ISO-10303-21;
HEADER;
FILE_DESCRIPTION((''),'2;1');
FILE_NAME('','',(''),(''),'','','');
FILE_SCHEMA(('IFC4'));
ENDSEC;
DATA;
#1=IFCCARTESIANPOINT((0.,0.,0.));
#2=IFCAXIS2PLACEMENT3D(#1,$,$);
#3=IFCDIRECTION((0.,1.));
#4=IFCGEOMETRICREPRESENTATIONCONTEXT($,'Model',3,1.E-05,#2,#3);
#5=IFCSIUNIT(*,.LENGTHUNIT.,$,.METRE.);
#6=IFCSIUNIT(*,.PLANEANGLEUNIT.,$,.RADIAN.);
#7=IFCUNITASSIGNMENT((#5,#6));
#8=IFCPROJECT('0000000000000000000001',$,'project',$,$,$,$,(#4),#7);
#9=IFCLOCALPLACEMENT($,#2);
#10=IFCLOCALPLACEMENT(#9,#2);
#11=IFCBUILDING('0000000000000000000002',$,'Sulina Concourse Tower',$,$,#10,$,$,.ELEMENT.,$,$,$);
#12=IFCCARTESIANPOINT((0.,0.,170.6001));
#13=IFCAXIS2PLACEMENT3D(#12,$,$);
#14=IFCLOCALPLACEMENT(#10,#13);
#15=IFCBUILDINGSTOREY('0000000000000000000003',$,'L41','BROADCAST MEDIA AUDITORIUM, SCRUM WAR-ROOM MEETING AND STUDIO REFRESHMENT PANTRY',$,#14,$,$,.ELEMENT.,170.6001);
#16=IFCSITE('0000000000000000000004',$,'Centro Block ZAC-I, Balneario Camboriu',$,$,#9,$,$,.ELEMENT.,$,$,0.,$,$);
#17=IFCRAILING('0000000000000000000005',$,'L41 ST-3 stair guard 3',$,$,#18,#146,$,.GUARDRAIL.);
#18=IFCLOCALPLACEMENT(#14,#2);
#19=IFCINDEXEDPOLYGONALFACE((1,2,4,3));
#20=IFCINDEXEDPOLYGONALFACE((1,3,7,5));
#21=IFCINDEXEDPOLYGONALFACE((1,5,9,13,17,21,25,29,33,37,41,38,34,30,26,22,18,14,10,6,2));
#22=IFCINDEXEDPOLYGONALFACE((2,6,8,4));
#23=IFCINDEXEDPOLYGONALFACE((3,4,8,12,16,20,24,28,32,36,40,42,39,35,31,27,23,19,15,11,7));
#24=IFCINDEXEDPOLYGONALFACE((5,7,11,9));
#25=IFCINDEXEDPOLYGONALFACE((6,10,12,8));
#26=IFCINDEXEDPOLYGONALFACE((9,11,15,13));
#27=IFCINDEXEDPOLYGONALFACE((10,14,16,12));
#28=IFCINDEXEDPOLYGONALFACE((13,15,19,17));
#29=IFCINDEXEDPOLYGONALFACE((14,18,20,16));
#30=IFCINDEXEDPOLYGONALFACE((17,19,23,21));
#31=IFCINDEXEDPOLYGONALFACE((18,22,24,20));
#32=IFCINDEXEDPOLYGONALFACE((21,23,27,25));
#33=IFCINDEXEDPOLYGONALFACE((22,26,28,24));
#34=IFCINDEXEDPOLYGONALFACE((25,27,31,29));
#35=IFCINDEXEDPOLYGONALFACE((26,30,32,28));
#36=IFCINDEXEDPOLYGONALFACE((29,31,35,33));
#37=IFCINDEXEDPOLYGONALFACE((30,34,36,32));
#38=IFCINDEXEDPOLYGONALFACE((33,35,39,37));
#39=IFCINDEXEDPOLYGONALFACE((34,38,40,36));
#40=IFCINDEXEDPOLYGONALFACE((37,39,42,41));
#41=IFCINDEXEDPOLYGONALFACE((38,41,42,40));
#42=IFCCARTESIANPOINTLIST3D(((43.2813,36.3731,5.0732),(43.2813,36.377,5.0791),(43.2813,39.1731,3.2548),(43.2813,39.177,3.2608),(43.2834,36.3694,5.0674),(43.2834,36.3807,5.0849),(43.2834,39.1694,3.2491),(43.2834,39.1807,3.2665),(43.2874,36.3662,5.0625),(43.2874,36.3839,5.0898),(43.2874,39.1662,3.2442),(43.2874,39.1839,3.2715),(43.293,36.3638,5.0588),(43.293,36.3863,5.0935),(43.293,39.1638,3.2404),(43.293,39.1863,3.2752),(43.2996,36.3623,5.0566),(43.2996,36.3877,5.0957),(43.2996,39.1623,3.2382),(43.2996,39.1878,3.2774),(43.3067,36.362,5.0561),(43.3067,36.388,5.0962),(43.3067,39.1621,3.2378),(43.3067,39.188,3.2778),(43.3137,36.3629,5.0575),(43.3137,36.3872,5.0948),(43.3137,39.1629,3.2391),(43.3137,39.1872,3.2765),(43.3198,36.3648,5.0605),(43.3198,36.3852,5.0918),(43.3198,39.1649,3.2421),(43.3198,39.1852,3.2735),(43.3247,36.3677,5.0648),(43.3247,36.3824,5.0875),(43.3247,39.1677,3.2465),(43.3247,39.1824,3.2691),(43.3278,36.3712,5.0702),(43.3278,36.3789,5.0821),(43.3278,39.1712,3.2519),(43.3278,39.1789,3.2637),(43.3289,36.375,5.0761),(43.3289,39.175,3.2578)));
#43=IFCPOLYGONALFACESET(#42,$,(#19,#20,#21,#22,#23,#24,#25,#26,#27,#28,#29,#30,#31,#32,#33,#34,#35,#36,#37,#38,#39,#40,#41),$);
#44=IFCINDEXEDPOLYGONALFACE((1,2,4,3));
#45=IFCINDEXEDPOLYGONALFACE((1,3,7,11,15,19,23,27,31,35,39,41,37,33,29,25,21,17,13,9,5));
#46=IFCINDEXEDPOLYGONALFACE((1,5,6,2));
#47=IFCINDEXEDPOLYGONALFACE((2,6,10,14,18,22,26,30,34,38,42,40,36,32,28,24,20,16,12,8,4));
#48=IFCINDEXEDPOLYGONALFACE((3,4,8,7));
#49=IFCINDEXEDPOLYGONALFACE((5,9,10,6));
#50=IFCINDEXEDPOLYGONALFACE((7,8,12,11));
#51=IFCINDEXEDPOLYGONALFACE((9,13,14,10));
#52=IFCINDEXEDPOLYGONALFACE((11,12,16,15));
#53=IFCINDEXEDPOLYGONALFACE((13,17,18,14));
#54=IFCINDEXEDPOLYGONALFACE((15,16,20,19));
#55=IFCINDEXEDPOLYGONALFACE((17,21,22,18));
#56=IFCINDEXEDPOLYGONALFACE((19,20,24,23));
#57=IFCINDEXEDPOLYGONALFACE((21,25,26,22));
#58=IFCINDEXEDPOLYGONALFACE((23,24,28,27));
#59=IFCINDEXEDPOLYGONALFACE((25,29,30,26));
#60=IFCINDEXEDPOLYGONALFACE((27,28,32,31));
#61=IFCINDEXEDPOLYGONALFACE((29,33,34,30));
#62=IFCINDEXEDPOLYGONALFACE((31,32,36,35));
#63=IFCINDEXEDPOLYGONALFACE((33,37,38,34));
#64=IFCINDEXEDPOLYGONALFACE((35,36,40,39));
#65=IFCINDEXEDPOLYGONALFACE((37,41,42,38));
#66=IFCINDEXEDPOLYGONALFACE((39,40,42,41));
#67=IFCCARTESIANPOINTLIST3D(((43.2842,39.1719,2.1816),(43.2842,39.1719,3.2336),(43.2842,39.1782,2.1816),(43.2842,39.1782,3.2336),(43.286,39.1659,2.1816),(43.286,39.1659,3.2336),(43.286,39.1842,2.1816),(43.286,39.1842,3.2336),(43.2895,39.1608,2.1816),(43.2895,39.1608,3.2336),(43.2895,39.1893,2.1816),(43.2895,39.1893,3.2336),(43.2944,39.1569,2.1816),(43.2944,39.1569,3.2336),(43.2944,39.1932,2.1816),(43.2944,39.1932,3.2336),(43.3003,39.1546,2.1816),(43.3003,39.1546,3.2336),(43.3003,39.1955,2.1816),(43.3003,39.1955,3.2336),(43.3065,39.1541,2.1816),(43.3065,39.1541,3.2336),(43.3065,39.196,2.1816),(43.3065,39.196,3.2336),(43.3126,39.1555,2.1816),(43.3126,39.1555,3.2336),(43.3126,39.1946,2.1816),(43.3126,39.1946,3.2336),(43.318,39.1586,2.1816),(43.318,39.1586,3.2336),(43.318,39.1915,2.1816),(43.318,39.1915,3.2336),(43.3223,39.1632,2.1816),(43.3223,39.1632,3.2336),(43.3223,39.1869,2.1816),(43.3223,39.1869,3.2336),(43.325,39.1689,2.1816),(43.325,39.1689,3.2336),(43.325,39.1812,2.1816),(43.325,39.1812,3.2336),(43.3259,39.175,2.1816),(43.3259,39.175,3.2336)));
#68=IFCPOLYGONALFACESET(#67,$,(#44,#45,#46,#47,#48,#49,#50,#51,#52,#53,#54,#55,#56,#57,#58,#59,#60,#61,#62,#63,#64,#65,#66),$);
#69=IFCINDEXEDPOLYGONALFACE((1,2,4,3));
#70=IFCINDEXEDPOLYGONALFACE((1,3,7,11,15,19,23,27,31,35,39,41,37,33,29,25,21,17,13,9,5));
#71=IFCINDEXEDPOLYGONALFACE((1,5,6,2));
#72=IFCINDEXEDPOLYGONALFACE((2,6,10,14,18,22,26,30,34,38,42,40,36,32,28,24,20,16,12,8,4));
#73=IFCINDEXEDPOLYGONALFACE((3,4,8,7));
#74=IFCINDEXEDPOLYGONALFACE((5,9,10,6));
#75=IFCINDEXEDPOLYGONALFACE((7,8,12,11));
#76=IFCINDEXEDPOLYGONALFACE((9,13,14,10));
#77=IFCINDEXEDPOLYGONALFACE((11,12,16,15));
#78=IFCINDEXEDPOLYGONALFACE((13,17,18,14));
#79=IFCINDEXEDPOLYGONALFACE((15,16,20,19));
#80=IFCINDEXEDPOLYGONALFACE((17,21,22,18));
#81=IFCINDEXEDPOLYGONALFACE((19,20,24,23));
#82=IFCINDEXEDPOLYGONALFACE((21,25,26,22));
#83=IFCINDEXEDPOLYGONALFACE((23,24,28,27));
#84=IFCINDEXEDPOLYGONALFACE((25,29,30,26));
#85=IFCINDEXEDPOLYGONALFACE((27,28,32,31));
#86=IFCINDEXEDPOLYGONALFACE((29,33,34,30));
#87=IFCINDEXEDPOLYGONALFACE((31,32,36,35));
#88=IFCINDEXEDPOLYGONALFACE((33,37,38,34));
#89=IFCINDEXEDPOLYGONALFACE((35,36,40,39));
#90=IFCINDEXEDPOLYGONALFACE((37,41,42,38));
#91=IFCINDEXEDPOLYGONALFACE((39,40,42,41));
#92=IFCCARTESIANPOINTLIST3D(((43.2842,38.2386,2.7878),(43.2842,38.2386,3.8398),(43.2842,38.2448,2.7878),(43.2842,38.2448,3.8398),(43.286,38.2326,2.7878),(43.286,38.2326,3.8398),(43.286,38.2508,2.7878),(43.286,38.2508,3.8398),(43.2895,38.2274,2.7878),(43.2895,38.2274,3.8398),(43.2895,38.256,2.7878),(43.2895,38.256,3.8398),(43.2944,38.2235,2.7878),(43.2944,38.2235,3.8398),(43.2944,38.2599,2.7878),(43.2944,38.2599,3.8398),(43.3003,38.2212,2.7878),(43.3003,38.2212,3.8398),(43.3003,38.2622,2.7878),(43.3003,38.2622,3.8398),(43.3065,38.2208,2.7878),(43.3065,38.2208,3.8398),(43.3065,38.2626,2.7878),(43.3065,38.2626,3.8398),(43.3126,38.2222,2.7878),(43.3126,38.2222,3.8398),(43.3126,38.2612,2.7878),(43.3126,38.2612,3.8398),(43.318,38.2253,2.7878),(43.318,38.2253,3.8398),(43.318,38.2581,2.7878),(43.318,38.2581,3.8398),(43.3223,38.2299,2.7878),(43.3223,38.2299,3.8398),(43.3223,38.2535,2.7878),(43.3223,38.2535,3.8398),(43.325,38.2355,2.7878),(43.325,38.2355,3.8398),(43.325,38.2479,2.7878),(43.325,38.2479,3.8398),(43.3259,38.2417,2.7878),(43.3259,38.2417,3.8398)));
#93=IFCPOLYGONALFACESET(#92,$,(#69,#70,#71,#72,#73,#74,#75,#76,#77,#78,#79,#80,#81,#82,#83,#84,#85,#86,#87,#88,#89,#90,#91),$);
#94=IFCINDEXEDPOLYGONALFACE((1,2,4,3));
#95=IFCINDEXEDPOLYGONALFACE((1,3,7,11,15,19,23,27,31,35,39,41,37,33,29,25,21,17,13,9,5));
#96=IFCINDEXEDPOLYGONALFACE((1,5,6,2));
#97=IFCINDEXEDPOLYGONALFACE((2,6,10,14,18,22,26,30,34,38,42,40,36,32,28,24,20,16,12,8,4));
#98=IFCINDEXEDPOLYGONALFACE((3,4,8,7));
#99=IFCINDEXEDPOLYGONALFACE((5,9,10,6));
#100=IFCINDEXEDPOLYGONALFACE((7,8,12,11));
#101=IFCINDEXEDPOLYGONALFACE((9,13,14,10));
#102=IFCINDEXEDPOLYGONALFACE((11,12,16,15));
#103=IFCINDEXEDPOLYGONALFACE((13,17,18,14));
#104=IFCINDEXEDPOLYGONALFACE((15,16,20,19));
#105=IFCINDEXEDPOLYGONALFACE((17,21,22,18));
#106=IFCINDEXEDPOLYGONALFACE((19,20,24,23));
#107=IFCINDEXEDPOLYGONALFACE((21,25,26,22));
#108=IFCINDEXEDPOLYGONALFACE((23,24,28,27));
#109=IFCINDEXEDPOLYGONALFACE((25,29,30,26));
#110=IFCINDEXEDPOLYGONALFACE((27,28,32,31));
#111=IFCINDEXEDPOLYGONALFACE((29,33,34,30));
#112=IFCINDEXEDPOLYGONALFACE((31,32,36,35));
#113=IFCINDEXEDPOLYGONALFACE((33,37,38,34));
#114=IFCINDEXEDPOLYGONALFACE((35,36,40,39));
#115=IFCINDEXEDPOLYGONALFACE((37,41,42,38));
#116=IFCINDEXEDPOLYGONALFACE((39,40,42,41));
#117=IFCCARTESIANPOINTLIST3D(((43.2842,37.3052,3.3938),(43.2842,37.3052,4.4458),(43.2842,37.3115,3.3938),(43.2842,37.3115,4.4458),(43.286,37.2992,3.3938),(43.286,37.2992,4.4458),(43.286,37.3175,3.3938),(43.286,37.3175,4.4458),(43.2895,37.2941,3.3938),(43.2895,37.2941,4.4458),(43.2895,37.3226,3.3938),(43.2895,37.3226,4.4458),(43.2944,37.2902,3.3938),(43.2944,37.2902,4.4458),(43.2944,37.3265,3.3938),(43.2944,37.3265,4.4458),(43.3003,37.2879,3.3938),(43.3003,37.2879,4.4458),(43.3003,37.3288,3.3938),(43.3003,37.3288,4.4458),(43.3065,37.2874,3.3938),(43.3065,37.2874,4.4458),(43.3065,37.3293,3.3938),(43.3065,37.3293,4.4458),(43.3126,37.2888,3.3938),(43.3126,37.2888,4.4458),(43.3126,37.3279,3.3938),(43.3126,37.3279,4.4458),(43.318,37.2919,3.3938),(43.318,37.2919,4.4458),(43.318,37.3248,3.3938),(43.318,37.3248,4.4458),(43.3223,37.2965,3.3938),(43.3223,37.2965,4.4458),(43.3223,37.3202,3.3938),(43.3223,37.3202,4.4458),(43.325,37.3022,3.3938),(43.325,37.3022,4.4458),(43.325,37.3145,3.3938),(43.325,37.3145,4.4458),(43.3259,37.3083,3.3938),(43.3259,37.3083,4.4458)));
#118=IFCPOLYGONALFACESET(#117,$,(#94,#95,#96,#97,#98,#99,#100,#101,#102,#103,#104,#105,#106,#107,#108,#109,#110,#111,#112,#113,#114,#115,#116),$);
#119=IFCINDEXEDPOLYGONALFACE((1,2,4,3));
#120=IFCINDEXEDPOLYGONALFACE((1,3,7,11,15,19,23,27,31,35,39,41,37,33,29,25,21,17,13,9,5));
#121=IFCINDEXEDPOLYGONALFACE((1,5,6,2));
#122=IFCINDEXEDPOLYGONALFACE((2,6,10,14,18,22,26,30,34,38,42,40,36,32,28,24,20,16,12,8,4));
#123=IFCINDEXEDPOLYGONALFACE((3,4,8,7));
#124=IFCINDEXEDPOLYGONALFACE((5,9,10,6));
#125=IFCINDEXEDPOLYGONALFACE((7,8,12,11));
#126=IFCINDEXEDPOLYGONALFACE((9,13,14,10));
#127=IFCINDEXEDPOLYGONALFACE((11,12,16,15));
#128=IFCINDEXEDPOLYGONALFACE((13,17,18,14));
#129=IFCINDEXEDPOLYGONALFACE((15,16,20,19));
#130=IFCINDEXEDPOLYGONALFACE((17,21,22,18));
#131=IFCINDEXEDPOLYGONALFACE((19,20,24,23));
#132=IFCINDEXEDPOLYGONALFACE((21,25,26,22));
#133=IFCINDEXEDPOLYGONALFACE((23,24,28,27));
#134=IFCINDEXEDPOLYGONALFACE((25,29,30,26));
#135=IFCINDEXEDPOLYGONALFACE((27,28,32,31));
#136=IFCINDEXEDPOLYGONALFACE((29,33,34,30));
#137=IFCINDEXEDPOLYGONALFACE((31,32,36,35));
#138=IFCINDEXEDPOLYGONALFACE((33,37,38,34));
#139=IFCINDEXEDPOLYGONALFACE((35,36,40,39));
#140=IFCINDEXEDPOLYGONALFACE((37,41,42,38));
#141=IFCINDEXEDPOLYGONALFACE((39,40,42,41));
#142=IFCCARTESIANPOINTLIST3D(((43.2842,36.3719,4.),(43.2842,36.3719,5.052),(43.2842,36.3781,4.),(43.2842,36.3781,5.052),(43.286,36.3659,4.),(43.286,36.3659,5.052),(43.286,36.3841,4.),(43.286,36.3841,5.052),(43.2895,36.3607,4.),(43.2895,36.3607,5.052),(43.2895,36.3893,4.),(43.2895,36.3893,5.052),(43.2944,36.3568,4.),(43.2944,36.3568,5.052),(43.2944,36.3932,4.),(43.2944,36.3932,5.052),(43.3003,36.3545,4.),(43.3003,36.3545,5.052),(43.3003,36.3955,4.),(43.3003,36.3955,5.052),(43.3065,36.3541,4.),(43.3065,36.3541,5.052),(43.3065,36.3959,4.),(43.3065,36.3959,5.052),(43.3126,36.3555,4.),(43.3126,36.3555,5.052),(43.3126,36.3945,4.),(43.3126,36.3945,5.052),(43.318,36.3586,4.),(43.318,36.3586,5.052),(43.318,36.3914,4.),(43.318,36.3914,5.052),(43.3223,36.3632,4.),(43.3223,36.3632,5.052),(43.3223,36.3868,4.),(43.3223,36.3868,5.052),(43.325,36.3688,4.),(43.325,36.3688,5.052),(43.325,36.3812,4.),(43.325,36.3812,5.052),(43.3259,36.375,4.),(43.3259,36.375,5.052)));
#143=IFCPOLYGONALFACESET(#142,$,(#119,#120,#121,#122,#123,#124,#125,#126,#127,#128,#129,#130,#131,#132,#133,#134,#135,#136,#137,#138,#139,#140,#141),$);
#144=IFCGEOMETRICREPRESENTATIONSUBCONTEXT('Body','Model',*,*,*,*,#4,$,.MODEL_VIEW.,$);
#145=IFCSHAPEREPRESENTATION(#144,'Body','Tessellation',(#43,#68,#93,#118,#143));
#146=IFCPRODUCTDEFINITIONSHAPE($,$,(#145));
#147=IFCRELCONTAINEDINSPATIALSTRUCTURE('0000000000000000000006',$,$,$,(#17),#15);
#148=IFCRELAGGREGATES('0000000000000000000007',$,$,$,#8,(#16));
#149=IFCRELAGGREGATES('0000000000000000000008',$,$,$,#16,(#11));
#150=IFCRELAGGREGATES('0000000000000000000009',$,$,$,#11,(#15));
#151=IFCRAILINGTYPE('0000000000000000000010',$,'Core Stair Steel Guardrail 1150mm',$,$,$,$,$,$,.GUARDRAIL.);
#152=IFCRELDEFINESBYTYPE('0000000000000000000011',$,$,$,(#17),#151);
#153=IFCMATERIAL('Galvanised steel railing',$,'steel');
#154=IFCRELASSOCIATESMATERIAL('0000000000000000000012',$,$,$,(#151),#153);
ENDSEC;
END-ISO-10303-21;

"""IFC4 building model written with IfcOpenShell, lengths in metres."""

from ifc_helpers import new_model, si_unit, direction, frame, origin, origin_2d, place, context, subcontext, project, spatial, circle, extrude, material, type_object, element, save


model = new_model("IFC4")

# Units and contexts
model_context = context("Model", 3, precision=1e-05, world=origin(), true_north=direction((0.0, 1.0)))
body_context = subcontext(model_context, "Body", "Model", "MODEL_VIEW")
ifc_project = project(units=[si_unit("LENGTHUNIT", "METRE"), si_unit("PLANEANGLEUNIT", "RADIAN")], contexts=[model_context])

# Site, building, storey
site_placement = place(None, origin())
site = spatial("IfcSite", under=ifc_project, at=site_placement, Name="Centro Block ZAC-I, Balneario Camboriu", CompositionType="ELEMENT", RefElevation=0.0)
building_placement = place(site_placement, origin())
building = spatial("IfcBuilding", under=site, at=building_placement, Name="Sulina Concourse Tower", CompositionType="ELEMENT")
storey_placement = place(building_placement, frame((0.0, 0.0, 170.6001)))
storey = spatial("IfcBuildingStorey", under=building, at=storey_placement, Name="L41", Description="BROADCAST MEDIA AUDITORIUM, SCRUM WAR-ROOM MEETING AND STUDIO REFRESHMENT PANTRY", CompositionType="ELEMENT", Elevation=170.6001)

# Railing
ifc_material_1 = material(Name="Galvanised steel railing", Category="steel")
railing_type_1 = type_object("IfcRailingType", Name="Core Stair Steel Guardrail 1150mm", PredefinedType="GUARDRAIL", material=ifc_material_1)
railing_1_placement = place(storey_placement, frame((43.3049, 39.175, 2.1816)))
element("IfcRailing", 1, at=railing_1_placement, inside=storey, type_object=railing_type_1, Name="L41 ST-3 stair guard 3", PredefinedType="GUARDRAIL", context=body_context, shape_type="SweptSolid", body=[
    extrude(circle(Radius=0.0239, at=origin_2d()), frame((0.0, 0.0, 1.0762), z_axis=(0.0, -0.838672, 0.544636), x_axis=(1.0, 0.0, 0.0)), (0.0, 0.0, 1.0), 3.3386),
    extrude(circle(Radius=0.021, at=origin_2d()), origin(), (0.0, 0.0, 1.0), 1.052),
    extrude(circle(Radius=0.021, at=origin_2d()), frame((0.0, -0.9333, 0.6062)), (0.0, 0.0, 1.0), 1.052),
    extrude(circle(Radius=0.021, at=origin_2d()), frame((0.0, -1.8667, 1.2122)), (0.0, 0.0, 1.0), 1.052),
    extrude(circle(Radius=0.021, at=origin_2d()), frame((0.0, -2.8, 1.8184)), (0.0, 0.0, 1.0), 1.052),
])

save(model, "model.ifc")
